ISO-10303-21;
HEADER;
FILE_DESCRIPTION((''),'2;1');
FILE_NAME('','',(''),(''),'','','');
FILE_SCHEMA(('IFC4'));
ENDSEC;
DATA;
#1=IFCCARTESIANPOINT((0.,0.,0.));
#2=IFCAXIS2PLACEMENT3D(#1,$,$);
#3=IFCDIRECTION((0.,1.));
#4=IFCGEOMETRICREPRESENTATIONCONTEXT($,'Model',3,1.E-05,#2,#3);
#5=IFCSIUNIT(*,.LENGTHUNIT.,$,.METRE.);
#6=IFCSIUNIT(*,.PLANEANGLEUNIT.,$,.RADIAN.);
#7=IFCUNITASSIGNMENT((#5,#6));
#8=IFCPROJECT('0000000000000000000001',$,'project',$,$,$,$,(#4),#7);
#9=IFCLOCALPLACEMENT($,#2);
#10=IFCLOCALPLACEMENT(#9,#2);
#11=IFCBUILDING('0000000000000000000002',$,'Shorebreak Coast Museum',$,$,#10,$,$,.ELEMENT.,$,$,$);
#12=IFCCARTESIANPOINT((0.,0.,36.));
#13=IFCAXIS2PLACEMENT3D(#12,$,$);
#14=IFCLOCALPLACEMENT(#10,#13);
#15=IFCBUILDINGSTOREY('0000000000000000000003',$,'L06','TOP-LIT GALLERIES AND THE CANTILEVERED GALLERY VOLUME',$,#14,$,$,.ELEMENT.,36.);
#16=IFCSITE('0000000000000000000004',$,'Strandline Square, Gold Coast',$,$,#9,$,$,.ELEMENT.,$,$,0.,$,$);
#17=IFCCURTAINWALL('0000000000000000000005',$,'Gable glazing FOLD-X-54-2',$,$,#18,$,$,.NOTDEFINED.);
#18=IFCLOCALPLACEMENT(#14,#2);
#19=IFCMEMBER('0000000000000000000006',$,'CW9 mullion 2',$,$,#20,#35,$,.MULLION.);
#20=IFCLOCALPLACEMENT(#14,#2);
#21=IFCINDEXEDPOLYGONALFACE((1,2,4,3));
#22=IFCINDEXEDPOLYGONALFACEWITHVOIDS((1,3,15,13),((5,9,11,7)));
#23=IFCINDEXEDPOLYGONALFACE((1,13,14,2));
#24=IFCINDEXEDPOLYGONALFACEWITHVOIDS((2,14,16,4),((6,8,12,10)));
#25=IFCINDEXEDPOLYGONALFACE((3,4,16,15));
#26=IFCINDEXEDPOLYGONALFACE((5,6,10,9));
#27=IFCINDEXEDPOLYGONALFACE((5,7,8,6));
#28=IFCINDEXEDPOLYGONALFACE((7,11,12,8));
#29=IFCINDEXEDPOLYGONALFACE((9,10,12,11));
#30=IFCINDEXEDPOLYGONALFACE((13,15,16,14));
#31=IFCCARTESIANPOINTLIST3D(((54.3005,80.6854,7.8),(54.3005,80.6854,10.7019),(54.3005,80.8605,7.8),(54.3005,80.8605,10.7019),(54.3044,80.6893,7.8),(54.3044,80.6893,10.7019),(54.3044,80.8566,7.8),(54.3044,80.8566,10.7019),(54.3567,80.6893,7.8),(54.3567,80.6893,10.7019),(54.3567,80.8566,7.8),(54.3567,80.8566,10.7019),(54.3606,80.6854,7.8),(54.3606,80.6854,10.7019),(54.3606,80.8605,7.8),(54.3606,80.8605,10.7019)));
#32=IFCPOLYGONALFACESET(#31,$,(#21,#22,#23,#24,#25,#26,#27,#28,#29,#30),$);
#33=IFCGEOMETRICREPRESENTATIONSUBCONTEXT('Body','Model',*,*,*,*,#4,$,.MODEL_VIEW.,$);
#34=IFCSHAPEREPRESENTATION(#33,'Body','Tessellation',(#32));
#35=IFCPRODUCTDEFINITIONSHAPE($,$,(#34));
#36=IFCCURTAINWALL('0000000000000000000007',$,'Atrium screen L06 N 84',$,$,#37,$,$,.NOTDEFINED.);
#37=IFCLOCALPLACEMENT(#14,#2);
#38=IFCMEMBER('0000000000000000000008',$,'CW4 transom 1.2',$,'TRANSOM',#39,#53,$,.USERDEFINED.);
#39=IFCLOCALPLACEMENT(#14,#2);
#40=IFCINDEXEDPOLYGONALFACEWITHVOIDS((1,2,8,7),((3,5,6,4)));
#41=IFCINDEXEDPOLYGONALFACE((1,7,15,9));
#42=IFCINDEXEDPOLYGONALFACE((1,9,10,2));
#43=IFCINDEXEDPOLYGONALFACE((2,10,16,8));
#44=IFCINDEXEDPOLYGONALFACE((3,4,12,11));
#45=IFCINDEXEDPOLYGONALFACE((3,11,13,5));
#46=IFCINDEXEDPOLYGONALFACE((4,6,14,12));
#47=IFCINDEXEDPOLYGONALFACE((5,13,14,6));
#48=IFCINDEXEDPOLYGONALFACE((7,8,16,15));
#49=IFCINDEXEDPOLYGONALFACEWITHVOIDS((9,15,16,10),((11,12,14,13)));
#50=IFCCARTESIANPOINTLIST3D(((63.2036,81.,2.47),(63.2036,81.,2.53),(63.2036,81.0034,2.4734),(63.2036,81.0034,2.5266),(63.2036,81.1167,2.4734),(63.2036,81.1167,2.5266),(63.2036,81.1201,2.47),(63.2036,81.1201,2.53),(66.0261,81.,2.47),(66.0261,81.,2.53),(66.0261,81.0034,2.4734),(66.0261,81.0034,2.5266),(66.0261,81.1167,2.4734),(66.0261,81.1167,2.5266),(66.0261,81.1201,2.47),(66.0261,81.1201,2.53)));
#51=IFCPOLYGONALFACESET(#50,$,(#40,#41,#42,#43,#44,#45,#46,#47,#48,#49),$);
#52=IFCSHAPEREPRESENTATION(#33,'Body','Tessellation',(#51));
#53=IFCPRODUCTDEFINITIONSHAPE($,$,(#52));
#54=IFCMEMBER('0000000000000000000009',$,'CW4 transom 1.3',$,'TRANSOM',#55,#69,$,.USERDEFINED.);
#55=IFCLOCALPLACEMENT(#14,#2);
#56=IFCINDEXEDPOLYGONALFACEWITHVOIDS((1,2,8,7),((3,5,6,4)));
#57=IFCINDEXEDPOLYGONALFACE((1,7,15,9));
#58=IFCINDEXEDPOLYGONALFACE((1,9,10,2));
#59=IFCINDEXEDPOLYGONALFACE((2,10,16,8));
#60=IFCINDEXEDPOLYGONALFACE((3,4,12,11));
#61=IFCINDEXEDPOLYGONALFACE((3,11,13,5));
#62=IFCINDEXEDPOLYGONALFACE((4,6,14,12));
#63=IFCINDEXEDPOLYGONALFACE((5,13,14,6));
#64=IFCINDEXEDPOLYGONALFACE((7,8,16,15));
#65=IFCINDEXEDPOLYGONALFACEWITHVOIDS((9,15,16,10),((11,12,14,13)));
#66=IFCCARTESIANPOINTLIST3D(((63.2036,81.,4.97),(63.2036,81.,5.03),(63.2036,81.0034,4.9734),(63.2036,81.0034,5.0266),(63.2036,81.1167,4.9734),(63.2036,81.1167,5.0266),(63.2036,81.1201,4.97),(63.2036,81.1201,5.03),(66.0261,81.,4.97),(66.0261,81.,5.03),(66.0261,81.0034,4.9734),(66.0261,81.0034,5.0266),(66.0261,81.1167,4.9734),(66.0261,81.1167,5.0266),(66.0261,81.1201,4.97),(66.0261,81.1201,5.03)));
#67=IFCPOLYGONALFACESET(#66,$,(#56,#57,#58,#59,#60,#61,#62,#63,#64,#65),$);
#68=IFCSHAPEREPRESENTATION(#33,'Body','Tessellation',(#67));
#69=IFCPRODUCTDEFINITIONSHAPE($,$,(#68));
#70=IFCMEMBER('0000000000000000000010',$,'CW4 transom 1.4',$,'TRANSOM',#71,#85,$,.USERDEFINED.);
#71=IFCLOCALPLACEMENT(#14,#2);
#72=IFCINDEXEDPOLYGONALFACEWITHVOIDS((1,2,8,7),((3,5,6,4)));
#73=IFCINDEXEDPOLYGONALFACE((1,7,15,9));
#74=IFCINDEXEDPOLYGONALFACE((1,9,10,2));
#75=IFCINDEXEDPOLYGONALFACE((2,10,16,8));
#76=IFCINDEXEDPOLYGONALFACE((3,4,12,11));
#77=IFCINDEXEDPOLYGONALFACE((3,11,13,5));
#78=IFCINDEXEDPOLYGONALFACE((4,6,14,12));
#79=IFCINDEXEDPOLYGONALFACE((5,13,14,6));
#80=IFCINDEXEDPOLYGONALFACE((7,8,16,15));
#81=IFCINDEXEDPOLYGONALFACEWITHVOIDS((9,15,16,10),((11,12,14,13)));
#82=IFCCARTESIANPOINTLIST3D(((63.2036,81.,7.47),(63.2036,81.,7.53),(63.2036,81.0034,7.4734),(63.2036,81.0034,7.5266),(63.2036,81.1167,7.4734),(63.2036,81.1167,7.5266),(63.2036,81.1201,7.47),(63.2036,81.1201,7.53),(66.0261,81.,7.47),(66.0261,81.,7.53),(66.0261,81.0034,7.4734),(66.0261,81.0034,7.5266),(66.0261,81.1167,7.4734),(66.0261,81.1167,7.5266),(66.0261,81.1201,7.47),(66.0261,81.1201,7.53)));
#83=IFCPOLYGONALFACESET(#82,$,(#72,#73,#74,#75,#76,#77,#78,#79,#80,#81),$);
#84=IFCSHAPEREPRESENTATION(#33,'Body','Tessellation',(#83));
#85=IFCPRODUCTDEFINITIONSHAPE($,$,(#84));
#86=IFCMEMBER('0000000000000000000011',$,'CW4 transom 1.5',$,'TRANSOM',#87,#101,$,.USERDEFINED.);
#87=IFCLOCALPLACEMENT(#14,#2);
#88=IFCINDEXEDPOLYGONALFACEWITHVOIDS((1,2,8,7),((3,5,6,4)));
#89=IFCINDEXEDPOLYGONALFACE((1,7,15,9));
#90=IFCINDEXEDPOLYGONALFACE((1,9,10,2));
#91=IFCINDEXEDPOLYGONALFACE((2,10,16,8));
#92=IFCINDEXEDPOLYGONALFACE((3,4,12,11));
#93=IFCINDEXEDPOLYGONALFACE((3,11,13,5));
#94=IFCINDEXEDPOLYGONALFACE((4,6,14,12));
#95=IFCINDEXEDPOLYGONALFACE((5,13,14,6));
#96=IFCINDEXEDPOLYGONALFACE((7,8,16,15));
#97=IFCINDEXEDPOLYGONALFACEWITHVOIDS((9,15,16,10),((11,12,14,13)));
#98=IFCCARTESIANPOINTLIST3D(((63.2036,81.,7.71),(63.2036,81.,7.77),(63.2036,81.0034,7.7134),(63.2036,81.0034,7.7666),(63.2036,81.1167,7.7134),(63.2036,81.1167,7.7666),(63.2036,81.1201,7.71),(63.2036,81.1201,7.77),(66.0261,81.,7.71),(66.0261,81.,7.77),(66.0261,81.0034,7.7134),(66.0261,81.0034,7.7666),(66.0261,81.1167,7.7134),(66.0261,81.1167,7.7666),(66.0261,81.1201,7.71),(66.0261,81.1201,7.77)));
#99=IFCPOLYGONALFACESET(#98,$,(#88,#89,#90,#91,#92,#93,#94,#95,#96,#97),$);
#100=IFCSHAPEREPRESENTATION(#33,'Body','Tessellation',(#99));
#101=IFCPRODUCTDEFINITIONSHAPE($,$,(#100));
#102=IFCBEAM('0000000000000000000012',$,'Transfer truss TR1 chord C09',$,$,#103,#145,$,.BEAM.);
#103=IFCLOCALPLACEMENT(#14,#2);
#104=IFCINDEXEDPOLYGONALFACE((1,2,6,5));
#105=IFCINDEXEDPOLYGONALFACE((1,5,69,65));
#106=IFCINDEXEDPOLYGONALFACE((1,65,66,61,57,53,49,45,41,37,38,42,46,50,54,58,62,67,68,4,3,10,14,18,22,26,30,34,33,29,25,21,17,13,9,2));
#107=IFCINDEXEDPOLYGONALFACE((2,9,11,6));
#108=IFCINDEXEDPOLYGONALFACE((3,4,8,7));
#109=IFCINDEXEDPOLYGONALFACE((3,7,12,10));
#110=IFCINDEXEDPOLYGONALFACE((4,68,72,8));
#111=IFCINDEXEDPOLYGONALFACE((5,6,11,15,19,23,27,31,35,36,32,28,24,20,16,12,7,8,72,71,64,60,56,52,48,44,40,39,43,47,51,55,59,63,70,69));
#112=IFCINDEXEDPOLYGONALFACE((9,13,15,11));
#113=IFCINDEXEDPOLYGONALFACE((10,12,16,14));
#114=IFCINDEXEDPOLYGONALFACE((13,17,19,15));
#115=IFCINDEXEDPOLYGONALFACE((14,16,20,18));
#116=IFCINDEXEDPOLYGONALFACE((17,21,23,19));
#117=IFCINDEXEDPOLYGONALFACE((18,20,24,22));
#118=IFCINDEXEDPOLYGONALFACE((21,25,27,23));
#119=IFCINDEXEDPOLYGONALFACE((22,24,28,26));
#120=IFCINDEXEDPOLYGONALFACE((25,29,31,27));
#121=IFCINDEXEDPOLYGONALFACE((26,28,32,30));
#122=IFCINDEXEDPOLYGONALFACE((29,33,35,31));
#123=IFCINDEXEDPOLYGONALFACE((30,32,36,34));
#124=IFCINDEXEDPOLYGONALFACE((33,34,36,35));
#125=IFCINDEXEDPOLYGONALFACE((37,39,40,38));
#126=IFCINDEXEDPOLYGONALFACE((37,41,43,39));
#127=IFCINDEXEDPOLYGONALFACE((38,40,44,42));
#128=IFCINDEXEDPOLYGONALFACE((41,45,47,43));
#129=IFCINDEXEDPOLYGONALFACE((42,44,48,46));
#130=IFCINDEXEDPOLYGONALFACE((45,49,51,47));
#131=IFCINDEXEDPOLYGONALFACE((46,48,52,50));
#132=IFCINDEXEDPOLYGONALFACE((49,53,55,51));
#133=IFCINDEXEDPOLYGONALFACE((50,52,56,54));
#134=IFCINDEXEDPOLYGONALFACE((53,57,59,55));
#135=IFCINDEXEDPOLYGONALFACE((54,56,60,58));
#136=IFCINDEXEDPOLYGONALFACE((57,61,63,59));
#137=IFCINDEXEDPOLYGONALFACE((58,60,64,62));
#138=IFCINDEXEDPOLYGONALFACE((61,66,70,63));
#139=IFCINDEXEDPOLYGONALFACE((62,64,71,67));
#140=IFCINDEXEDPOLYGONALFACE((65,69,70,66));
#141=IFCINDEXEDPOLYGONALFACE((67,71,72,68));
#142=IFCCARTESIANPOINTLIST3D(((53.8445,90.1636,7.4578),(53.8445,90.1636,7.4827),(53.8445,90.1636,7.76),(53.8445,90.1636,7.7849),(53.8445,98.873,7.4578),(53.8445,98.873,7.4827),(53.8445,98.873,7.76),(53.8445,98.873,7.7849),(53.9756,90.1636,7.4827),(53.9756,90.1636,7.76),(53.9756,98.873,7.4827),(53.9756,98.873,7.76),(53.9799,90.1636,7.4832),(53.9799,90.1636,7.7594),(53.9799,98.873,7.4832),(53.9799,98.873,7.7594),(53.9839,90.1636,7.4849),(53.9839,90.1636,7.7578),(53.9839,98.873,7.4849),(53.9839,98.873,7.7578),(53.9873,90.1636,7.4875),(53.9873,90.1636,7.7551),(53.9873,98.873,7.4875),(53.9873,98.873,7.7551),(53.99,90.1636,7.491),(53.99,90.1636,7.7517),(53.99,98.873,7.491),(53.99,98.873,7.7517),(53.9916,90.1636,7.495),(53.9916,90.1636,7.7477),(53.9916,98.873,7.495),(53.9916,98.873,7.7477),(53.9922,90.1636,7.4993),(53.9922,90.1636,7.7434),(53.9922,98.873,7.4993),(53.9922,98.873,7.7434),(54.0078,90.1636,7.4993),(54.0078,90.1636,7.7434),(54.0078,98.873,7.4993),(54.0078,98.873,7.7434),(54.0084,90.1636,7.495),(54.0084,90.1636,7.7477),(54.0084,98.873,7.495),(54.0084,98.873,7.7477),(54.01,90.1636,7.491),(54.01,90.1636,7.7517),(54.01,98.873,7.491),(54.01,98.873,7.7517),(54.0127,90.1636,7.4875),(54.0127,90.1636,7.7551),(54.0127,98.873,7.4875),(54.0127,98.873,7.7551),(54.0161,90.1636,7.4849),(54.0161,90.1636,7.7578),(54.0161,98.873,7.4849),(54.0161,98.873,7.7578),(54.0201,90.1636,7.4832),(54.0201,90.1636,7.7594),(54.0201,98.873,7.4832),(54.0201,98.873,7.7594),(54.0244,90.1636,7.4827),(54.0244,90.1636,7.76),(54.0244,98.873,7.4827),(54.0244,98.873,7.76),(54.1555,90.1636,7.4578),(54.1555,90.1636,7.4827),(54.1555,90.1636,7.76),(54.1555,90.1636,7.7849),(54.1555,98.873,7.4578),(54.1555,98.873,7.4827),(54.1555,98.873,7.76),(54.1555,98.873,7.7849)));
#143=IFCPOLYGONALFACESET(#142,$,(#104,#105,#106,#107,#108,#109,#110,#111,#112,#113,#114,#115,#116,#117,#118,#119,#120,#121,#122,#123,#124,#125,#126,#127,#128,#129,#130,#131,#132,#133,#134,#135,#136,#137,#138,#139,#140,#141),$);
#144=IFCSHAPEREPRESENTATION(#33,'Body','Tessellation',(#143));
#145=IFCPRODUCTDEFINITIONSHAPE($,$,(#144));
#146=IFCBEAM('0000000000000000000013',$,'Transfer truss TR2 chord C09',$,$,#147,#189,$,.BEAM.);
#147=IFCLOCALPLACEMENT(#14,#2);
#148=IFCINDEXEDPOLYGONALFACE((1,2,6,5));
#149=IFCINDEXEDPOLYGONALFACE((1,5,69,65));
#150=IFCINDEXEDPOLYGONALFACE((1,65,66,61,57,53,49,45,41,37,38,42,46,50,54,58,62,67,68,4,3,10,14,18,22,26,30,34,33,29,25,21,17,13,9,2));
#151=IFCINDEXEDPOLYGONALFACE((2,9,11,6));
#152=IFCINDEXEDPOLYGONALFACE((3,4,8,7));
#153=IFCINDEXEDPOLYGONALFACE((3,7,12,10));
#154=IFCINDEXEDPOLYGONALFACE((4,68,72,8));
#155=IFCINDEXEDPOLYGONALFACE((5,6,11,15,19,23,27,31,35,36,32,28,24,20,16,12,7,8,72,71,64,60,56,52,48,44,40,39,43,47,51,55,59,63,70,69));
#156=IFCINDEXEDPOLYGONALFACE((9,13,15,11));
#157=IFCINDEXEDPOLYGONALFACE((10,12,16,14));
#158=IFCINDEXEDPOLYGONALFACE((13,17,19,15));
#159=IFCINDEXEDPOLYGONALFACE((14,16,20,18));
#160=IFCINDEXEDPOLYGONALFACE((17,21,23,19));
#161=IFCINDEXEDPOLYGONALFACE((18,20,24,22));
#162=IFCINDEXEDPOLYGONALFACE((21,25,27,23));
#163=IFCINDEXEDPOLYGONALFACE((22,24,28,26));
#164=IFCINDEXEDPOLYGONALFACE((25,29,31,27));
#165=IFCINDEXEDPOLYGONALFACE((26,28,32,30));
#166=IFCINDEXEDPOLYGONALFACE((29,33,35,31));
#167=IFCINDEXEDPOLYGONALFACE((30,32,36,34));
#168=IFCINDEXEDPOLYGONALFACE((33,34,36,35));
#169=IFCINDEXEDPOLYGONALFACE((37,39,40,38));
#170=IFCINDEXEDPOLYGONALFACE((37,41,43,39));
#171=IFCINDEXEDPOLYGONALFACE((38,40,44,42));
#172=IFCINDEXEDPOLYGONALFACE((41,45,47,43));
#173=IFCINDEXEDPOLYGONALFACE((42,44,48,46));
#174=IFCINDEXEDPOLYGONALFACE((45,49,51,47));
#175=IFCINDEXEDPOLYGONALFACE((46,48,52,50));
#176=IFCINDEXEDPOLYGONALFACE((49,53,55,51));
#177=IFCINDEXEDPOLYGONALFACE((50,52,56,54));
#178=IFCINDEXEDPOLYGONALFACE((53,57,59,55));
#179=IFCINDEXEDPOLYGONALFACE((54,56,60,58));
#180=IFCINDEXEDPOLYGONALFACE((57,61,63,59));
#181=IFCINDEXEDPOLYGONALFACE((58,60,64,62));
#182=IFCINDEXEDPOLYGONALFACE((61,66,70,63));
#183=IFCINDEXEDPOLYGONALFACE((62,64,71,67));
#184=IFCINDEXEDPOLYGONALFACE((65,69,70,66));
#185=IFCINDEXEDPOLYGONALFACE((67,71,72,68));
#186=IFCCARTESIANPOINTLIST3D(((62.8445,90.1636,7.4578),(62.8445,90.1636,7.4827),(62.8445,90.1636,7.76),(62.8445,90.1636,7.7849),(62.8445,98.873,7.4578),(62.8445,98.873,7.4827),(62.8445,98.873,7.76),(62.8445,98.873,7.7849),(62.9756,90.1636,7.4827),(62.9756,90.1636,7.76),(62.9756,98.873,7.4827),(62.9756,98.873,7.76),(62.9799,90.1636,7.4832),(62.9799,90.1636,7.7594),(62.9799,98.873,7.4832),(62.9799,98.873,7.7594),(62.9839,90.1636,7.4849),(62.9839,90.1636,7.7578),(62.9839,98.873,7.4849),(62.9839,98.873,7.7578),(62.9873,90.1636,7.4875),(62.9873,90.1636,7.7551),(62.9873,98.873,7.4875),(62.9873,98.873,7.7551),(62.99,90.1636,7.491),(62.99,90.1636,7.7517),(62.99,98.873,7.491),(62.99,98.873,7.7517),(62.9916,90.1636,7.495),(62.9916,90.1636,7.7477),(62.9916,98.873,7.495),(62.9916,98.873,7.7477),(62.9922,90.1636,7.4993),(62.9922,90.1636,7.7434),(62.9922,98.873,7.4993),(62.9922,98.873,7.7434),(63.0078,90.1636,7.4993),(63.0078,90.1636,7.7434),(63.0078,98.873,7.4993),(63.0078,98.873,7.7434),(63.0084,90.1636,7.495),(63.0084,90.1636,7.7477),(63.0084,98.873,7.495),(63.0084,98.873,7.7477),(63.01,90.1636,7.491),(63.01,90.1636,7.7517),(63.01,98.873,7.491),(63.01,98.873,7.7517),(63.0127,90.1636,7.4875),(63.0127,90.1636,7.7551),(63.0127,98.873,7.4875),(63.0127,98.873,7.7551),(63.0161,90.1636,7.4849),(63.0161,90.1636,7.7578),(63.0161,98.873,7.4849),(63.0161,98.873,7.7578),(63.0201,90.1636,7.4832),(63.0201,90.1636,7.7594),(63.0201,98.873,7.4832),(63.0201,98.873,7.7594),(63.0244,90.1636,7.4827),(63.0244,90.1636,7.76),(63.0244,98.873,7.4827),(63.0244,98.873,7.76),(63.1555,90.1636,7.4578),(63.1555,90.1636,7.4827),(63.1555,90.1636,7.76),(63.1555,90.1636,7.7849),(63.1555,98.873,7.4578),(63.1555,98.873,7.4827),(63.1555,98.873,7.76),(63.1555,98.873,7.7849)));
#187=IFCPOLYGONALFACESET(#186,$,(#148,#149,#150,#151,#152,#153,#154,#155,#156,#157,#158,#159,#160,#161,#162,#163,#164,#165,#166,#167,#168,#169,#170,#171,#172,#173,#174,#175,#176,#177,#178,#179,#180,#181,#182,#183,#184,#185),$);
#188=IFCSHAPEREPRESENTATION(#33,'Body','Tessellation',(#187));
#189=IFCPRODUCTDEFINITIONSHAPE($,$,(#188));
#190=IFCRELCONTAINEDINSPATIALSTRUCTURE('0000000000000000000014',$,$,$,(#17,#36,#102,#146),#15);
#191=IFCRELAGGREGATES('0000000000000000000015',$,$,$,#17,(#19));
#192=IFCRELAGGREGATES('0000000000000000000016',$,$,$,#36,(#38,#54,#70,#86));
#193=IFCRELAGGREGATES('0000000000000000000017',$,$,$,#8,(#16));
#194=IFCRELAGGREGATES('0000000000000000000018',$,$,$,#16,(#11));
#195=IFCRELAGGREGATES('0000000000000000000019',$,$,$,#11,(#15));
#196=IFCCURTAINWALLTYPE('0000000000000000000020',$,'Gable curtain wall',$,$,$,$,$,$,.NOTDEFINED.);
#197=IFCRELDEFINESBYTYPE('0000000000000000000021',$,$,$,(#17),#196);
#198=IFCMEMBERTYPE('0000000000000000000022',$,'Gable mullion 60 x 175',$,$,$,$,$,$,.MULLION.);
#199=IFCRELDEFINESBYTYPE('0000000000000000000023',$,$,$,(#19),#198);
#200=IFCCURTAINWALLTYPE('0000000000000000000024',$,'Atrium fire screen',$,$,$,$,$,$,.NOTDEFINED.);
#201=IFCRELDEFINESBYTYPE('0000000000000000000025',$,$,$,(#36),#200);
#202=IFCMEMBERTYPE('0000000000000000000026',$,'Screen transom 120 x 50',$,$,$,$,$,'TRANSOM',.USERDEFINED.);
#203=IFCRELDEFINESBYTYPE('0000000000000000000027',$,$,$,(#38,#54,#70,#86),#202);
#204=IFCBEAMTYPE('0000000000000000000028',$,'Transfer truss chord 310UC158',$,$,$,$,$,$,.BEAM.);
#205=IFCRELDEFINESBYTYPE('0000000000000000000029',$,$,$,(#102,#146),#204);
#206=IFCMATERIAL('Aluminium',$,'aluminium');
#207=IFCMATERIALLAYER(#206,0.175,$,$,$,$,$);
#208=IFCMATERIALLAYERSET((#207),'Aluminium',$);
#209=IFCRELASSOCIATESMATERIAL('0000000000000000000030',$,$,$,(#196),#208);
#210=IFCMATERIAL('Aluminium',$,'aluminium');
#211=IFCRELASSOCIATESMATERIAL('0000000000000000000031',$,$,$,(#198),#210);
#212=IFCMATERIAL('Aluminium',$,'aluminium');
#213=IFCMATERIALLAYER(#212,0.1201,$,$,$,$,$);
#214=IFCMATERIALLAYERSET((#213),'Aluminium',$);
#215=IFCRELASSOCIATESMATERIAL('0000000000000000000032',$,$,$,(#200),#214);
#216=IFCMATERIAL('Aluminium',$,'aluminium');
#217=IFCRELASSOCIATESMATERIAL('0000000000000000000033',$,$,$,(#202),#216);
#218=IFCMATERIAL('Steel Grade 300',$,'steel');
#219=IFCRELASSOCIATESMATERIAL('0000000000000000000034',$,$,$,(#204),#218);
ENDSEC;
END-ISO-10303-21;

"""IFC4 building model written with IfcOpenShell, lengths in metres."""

from ifc_helpers import new_model, si_unit, direction, frame, origin, origin_2d, place, context, subcontext, project, spatial, hollow_rectangle, i_section, extrude, material, layer, layer_set, material_profile, profile_set, type_object, element, aggregate, save


model = new_model("IFC4")

# Units and contexts
model_context = context("Model", 3, precision=1e-05, world=origin(), true_north=direction((0.0, 1.0)))
body_context = subcontext(model_context, "Body", "Model", "MODEL_VIEW")
ifc_project = project(units=[si_unit("LENGTHUNIT", "METRE"), si_unit("PLANEANGLEUNIT", "RADIAN")], contexts=[model_context])

# Site, building, storey
site_placement = place(None, origin())
site = spatial("IfcSite", under=ifc_project, at=site_placement, Name="Strandline Square, Gold Coast", CompositionType="ELEMENT", RefElevation=0.0)
building_placement = place(site_placement, origin())
building = spatial("IfcBuilding", under=site, at=building_placement, Name="Shorebreak Coast Museum", CompositionType="ELEMENT")
storey_placement = place(building_placement, frame((0.0, 0.0, 36.0)))
storey = spatial("IfcBuildingStorey", under=building, at=storey_placement, Name="L06", Description="TOP-LIT GALLERIES AND THE CANTILEVERED GALLERY VOLUME", CompositionType="ELEMENT", Elevation=36.0)

# Curtain wall, member
ifc_material_1 = material(Name="Aluminium", Category="aluminium")
ifc_layer_1 = layer(ifc_material_1, 0.175)
ifc_layer_set_1 = layer_set([ifc_layer_1], Name="Aluminium")
curtain_wall_type_1 = type_object("IfcCurtainWallType", Name="Gable curtain wall", PredefinedType="NOTDEFINED", material=ifc_layer_set_1)
curtain_wall_1_placement = place(storey_placement, origin())
curtain_wall_1 = element("IfcCurtainWall", 1, at=curtain_wall_1_placement, inside=storey, type_object=curtain_wall_type_1, Name="Gable glazing FOLD-X-54-2", PredefinedType="NOTDEFINED")
ifc_material_2 = material(Name="Aluminium", Category="aluminium")
ifc_material_profile_1 = material_profile(ifc_material_2, hollow_rectangle(XDim=0.0601, YDim=0.175, WallThickness=0.0039, at=origin_2d()), Name="AL 175x60 RHS")
ifc_profile_set_1 = profile_set([ifc_material_profile_1], Name="Aluminium")
member_type_1 = type_object("IfcMemberType", Name="Gable mullion 60 x 175", PredefinedType="MULLION", material=ifc_profile_set_1)
member_1_placement = place(storey_placement, frame((54.3306, 80.7729, 7.8), z_axis=(0.0, 0.0, 1.0), x_axis=(-1.0, 0.0, 0.0)))
member_1 = element("IfcMember", 2, at=member_1_placement, type_object=member_type_1, Name="CW9 mullion 2", PredefinedType="MULLION", context=body_context, shape_type="SweptSolid", body=[
    extrude(hollow_rectangle(XDim=0.0601, YDim=0.175, WallThickness=0.0039, at=origin_2d()), origin(), (0.0, 0.0, 1.0), 2.9019),
])
aggregate(curtain_wall_1, [member_1])

# Curtain wall, members
ifc_material_3 = material(Name="Aluminium", Category="aluminium")
ifc_layer_2 = layer(ifc_material_3, 0.1201)
ifc_layer_set_2 = layer_set([ifc_layer_2], Name="Aluminium")
curtain_wall_type_2 = type_object("IfcCurtainWallType", Name="Atrium fire screen", PredefinedType="NOTDEFINED", material=ifc_layer_set_2)
curtain_wall_2_placement = place(storey_placement, origin())
curtain_wall_2 = element("IfcCurtainWall", 3, at=curtain_wall_2_placement, inside=storey, type_object=curtain_wall_type_2, Name="Atrium screen L06 N 84", PredefinedType="NOTDEFINED")
ifc_material_4 = material(Name="Aluminium", Category="aluminium")
ifc_material_profile_2 = material_profile(ifc_material_4, hollow_rectangle(XDim=0.1201, YDim=0.0601, WallThickness=0.0034, at=origin_2d()), Name="AL 60x120 RHS")
ifc_profile_set_2 = profile_set([ifc_material_profile_2], Name="Aluminium")
member_type_2 = type_object("IfcMemberType", Name="Screen transom 120 x 50", ElementType="TRANSOM", PredefinedType="USERDEFINED", material=ifc_profile_set_2)
member_2_placement = place(storey_placement, frame((63.2036, 81.0601, 2.5), z_axis=(1.0, 0.0, 0.0), x_axis=(0.0, 1.0, 0.0)))
member_2 = element("IfcMember", 4, at=member_2_placement, type_object=member_type_2, Name="CW4 transom 1.2", ObjectType="TRANSOM", PredefinedType="USERDEFINED", context=body_context, shape_type="SweptSolid", body=[
    extrude(hollow_rectangle(XDim=0.1201, YDim=0.0601, WallThickness=0.0034, at=origin_2d()), origin(), (0.0, 0.0, 1.0), 2.8225),
])
member_3_placement = place(storey_placement, frame((63.2036, 81.0601, 5.0), z_axis=(1.0, 0.0, 0.0), x_axis=(0.0, 1.0, 0.0)))
member_3 = element("IfcMember", 5, at=member_3_placement, type_object=member_type_2, Name="CW4 transom 1.3", ObjectType="TRANSOM", PredefinedType="USERDEFINED", context=body_context, shape_type="SweptSolid", body=[
    extrude(hollow_rectangle(XDim=0.1201, YDim=0.0601, WallThickness=0.0034, at=origin_2d()), origin(), (0.0, 0.0, 1.0), 2.8225),
])
member_4_placement = place(storey_placement, frame((63.2036, 81.0601, 7.5), z_axis=(1.0, 0.0, 0.0), x_axis=(0.0, 1.0, 0.0)))
member_4 = element("IfcMember", 6, at=member_4_placement, type_object=member_type_2, Name="CW4 transom 1.4", ObjectType="TRANSOM", PredefinedType="USERDEFINED", context=body_context, shape_type="SweptSolid", body=[
    extrude(hollow_rectangle(XDim=0.1201, YDim=0.0601, WallThickness=0.0034, at=origin_2d()), origin(), (0.0, 0.0, 1.0), 2.8225),
])
member_5_placement = place(storey_placement, frame((63.2036, 81.0601, 7.74), z_axis=(1.0, 0.0, 0.0), x_axis=(0.0, 1.0, 0.0)))
member_5 = element("IfcMember", 7, at=member_5_placement, type_object=member_type_2, Name="CW4 transom 1.5", ObjectType="TRANSOM", PredefinedType="USERDEFINED", context=body_context, shape_type="SweptSolid", body=[
    extrude(hollow_rectangle(XDim=0.1201, YDim=0.0601, WallThickness=0.0034, at=origin_2d()), origin(), (0.0, 0.0, 1.0), 2.8225),
])
aggregate(curtain_wall_2, [member_2, member_3, member_4, member_5])

# Beams
ifc_material_5 = material(Name="Steel Grade 300", Category="steel")
ifc_material_profile_3 = material_profile(ifc_material_5, i_section(OverallWidth=0.311, OverallDepth=0.3271, WebThickness=0.0156, FlangeThickness=0.0249, FilletRadius=0.0166, at=origin_2d()), Name="310UC158")
ifc_profile_set_3 = profile_set([ifc_material_profile_3], Name="Steel Grade 300")
beam_type_1 = type_object("IfcBeamType", Name="Transfer truss chord 310UC158", PredefinedType="BEAM", material=ifc_profile_set_3)
for number, where, z_axis, x_axis, name in (
    (8, (54.0, 90.1636, 7.6213), (0.0, 1.0, 0.0), (-1.0, 0.0, 0.0), "Transfer truss TR1 chord C09"),
    (9, (63.0, 90.1636, 7.6213), (0.0, 1.0, 0.0), (-1.0, 0.0, 0.0), "Transfer truss TR2 chord C09"),
):
    element("IfcBeam", number, at=place(storey_placement, frame(where, z_axis=z_axis, x_axis=x_axis)), inside=storey, type_object=beam_type_1, Name=name, PredefinedType="BEAM", context=body_context, shape_type="SweptSolid", body=[
        extrude(i_section(OverallWidth=0.311, OverallDepth=0.3271, WebThickness=0.0156, FlangeThickness=0.0249, FilletRadius=0.0166, at=origin_2d()), origin(), (0.0, 0.0, 1.0), 8.7095),
    ])

save(model, "model.ifc")
